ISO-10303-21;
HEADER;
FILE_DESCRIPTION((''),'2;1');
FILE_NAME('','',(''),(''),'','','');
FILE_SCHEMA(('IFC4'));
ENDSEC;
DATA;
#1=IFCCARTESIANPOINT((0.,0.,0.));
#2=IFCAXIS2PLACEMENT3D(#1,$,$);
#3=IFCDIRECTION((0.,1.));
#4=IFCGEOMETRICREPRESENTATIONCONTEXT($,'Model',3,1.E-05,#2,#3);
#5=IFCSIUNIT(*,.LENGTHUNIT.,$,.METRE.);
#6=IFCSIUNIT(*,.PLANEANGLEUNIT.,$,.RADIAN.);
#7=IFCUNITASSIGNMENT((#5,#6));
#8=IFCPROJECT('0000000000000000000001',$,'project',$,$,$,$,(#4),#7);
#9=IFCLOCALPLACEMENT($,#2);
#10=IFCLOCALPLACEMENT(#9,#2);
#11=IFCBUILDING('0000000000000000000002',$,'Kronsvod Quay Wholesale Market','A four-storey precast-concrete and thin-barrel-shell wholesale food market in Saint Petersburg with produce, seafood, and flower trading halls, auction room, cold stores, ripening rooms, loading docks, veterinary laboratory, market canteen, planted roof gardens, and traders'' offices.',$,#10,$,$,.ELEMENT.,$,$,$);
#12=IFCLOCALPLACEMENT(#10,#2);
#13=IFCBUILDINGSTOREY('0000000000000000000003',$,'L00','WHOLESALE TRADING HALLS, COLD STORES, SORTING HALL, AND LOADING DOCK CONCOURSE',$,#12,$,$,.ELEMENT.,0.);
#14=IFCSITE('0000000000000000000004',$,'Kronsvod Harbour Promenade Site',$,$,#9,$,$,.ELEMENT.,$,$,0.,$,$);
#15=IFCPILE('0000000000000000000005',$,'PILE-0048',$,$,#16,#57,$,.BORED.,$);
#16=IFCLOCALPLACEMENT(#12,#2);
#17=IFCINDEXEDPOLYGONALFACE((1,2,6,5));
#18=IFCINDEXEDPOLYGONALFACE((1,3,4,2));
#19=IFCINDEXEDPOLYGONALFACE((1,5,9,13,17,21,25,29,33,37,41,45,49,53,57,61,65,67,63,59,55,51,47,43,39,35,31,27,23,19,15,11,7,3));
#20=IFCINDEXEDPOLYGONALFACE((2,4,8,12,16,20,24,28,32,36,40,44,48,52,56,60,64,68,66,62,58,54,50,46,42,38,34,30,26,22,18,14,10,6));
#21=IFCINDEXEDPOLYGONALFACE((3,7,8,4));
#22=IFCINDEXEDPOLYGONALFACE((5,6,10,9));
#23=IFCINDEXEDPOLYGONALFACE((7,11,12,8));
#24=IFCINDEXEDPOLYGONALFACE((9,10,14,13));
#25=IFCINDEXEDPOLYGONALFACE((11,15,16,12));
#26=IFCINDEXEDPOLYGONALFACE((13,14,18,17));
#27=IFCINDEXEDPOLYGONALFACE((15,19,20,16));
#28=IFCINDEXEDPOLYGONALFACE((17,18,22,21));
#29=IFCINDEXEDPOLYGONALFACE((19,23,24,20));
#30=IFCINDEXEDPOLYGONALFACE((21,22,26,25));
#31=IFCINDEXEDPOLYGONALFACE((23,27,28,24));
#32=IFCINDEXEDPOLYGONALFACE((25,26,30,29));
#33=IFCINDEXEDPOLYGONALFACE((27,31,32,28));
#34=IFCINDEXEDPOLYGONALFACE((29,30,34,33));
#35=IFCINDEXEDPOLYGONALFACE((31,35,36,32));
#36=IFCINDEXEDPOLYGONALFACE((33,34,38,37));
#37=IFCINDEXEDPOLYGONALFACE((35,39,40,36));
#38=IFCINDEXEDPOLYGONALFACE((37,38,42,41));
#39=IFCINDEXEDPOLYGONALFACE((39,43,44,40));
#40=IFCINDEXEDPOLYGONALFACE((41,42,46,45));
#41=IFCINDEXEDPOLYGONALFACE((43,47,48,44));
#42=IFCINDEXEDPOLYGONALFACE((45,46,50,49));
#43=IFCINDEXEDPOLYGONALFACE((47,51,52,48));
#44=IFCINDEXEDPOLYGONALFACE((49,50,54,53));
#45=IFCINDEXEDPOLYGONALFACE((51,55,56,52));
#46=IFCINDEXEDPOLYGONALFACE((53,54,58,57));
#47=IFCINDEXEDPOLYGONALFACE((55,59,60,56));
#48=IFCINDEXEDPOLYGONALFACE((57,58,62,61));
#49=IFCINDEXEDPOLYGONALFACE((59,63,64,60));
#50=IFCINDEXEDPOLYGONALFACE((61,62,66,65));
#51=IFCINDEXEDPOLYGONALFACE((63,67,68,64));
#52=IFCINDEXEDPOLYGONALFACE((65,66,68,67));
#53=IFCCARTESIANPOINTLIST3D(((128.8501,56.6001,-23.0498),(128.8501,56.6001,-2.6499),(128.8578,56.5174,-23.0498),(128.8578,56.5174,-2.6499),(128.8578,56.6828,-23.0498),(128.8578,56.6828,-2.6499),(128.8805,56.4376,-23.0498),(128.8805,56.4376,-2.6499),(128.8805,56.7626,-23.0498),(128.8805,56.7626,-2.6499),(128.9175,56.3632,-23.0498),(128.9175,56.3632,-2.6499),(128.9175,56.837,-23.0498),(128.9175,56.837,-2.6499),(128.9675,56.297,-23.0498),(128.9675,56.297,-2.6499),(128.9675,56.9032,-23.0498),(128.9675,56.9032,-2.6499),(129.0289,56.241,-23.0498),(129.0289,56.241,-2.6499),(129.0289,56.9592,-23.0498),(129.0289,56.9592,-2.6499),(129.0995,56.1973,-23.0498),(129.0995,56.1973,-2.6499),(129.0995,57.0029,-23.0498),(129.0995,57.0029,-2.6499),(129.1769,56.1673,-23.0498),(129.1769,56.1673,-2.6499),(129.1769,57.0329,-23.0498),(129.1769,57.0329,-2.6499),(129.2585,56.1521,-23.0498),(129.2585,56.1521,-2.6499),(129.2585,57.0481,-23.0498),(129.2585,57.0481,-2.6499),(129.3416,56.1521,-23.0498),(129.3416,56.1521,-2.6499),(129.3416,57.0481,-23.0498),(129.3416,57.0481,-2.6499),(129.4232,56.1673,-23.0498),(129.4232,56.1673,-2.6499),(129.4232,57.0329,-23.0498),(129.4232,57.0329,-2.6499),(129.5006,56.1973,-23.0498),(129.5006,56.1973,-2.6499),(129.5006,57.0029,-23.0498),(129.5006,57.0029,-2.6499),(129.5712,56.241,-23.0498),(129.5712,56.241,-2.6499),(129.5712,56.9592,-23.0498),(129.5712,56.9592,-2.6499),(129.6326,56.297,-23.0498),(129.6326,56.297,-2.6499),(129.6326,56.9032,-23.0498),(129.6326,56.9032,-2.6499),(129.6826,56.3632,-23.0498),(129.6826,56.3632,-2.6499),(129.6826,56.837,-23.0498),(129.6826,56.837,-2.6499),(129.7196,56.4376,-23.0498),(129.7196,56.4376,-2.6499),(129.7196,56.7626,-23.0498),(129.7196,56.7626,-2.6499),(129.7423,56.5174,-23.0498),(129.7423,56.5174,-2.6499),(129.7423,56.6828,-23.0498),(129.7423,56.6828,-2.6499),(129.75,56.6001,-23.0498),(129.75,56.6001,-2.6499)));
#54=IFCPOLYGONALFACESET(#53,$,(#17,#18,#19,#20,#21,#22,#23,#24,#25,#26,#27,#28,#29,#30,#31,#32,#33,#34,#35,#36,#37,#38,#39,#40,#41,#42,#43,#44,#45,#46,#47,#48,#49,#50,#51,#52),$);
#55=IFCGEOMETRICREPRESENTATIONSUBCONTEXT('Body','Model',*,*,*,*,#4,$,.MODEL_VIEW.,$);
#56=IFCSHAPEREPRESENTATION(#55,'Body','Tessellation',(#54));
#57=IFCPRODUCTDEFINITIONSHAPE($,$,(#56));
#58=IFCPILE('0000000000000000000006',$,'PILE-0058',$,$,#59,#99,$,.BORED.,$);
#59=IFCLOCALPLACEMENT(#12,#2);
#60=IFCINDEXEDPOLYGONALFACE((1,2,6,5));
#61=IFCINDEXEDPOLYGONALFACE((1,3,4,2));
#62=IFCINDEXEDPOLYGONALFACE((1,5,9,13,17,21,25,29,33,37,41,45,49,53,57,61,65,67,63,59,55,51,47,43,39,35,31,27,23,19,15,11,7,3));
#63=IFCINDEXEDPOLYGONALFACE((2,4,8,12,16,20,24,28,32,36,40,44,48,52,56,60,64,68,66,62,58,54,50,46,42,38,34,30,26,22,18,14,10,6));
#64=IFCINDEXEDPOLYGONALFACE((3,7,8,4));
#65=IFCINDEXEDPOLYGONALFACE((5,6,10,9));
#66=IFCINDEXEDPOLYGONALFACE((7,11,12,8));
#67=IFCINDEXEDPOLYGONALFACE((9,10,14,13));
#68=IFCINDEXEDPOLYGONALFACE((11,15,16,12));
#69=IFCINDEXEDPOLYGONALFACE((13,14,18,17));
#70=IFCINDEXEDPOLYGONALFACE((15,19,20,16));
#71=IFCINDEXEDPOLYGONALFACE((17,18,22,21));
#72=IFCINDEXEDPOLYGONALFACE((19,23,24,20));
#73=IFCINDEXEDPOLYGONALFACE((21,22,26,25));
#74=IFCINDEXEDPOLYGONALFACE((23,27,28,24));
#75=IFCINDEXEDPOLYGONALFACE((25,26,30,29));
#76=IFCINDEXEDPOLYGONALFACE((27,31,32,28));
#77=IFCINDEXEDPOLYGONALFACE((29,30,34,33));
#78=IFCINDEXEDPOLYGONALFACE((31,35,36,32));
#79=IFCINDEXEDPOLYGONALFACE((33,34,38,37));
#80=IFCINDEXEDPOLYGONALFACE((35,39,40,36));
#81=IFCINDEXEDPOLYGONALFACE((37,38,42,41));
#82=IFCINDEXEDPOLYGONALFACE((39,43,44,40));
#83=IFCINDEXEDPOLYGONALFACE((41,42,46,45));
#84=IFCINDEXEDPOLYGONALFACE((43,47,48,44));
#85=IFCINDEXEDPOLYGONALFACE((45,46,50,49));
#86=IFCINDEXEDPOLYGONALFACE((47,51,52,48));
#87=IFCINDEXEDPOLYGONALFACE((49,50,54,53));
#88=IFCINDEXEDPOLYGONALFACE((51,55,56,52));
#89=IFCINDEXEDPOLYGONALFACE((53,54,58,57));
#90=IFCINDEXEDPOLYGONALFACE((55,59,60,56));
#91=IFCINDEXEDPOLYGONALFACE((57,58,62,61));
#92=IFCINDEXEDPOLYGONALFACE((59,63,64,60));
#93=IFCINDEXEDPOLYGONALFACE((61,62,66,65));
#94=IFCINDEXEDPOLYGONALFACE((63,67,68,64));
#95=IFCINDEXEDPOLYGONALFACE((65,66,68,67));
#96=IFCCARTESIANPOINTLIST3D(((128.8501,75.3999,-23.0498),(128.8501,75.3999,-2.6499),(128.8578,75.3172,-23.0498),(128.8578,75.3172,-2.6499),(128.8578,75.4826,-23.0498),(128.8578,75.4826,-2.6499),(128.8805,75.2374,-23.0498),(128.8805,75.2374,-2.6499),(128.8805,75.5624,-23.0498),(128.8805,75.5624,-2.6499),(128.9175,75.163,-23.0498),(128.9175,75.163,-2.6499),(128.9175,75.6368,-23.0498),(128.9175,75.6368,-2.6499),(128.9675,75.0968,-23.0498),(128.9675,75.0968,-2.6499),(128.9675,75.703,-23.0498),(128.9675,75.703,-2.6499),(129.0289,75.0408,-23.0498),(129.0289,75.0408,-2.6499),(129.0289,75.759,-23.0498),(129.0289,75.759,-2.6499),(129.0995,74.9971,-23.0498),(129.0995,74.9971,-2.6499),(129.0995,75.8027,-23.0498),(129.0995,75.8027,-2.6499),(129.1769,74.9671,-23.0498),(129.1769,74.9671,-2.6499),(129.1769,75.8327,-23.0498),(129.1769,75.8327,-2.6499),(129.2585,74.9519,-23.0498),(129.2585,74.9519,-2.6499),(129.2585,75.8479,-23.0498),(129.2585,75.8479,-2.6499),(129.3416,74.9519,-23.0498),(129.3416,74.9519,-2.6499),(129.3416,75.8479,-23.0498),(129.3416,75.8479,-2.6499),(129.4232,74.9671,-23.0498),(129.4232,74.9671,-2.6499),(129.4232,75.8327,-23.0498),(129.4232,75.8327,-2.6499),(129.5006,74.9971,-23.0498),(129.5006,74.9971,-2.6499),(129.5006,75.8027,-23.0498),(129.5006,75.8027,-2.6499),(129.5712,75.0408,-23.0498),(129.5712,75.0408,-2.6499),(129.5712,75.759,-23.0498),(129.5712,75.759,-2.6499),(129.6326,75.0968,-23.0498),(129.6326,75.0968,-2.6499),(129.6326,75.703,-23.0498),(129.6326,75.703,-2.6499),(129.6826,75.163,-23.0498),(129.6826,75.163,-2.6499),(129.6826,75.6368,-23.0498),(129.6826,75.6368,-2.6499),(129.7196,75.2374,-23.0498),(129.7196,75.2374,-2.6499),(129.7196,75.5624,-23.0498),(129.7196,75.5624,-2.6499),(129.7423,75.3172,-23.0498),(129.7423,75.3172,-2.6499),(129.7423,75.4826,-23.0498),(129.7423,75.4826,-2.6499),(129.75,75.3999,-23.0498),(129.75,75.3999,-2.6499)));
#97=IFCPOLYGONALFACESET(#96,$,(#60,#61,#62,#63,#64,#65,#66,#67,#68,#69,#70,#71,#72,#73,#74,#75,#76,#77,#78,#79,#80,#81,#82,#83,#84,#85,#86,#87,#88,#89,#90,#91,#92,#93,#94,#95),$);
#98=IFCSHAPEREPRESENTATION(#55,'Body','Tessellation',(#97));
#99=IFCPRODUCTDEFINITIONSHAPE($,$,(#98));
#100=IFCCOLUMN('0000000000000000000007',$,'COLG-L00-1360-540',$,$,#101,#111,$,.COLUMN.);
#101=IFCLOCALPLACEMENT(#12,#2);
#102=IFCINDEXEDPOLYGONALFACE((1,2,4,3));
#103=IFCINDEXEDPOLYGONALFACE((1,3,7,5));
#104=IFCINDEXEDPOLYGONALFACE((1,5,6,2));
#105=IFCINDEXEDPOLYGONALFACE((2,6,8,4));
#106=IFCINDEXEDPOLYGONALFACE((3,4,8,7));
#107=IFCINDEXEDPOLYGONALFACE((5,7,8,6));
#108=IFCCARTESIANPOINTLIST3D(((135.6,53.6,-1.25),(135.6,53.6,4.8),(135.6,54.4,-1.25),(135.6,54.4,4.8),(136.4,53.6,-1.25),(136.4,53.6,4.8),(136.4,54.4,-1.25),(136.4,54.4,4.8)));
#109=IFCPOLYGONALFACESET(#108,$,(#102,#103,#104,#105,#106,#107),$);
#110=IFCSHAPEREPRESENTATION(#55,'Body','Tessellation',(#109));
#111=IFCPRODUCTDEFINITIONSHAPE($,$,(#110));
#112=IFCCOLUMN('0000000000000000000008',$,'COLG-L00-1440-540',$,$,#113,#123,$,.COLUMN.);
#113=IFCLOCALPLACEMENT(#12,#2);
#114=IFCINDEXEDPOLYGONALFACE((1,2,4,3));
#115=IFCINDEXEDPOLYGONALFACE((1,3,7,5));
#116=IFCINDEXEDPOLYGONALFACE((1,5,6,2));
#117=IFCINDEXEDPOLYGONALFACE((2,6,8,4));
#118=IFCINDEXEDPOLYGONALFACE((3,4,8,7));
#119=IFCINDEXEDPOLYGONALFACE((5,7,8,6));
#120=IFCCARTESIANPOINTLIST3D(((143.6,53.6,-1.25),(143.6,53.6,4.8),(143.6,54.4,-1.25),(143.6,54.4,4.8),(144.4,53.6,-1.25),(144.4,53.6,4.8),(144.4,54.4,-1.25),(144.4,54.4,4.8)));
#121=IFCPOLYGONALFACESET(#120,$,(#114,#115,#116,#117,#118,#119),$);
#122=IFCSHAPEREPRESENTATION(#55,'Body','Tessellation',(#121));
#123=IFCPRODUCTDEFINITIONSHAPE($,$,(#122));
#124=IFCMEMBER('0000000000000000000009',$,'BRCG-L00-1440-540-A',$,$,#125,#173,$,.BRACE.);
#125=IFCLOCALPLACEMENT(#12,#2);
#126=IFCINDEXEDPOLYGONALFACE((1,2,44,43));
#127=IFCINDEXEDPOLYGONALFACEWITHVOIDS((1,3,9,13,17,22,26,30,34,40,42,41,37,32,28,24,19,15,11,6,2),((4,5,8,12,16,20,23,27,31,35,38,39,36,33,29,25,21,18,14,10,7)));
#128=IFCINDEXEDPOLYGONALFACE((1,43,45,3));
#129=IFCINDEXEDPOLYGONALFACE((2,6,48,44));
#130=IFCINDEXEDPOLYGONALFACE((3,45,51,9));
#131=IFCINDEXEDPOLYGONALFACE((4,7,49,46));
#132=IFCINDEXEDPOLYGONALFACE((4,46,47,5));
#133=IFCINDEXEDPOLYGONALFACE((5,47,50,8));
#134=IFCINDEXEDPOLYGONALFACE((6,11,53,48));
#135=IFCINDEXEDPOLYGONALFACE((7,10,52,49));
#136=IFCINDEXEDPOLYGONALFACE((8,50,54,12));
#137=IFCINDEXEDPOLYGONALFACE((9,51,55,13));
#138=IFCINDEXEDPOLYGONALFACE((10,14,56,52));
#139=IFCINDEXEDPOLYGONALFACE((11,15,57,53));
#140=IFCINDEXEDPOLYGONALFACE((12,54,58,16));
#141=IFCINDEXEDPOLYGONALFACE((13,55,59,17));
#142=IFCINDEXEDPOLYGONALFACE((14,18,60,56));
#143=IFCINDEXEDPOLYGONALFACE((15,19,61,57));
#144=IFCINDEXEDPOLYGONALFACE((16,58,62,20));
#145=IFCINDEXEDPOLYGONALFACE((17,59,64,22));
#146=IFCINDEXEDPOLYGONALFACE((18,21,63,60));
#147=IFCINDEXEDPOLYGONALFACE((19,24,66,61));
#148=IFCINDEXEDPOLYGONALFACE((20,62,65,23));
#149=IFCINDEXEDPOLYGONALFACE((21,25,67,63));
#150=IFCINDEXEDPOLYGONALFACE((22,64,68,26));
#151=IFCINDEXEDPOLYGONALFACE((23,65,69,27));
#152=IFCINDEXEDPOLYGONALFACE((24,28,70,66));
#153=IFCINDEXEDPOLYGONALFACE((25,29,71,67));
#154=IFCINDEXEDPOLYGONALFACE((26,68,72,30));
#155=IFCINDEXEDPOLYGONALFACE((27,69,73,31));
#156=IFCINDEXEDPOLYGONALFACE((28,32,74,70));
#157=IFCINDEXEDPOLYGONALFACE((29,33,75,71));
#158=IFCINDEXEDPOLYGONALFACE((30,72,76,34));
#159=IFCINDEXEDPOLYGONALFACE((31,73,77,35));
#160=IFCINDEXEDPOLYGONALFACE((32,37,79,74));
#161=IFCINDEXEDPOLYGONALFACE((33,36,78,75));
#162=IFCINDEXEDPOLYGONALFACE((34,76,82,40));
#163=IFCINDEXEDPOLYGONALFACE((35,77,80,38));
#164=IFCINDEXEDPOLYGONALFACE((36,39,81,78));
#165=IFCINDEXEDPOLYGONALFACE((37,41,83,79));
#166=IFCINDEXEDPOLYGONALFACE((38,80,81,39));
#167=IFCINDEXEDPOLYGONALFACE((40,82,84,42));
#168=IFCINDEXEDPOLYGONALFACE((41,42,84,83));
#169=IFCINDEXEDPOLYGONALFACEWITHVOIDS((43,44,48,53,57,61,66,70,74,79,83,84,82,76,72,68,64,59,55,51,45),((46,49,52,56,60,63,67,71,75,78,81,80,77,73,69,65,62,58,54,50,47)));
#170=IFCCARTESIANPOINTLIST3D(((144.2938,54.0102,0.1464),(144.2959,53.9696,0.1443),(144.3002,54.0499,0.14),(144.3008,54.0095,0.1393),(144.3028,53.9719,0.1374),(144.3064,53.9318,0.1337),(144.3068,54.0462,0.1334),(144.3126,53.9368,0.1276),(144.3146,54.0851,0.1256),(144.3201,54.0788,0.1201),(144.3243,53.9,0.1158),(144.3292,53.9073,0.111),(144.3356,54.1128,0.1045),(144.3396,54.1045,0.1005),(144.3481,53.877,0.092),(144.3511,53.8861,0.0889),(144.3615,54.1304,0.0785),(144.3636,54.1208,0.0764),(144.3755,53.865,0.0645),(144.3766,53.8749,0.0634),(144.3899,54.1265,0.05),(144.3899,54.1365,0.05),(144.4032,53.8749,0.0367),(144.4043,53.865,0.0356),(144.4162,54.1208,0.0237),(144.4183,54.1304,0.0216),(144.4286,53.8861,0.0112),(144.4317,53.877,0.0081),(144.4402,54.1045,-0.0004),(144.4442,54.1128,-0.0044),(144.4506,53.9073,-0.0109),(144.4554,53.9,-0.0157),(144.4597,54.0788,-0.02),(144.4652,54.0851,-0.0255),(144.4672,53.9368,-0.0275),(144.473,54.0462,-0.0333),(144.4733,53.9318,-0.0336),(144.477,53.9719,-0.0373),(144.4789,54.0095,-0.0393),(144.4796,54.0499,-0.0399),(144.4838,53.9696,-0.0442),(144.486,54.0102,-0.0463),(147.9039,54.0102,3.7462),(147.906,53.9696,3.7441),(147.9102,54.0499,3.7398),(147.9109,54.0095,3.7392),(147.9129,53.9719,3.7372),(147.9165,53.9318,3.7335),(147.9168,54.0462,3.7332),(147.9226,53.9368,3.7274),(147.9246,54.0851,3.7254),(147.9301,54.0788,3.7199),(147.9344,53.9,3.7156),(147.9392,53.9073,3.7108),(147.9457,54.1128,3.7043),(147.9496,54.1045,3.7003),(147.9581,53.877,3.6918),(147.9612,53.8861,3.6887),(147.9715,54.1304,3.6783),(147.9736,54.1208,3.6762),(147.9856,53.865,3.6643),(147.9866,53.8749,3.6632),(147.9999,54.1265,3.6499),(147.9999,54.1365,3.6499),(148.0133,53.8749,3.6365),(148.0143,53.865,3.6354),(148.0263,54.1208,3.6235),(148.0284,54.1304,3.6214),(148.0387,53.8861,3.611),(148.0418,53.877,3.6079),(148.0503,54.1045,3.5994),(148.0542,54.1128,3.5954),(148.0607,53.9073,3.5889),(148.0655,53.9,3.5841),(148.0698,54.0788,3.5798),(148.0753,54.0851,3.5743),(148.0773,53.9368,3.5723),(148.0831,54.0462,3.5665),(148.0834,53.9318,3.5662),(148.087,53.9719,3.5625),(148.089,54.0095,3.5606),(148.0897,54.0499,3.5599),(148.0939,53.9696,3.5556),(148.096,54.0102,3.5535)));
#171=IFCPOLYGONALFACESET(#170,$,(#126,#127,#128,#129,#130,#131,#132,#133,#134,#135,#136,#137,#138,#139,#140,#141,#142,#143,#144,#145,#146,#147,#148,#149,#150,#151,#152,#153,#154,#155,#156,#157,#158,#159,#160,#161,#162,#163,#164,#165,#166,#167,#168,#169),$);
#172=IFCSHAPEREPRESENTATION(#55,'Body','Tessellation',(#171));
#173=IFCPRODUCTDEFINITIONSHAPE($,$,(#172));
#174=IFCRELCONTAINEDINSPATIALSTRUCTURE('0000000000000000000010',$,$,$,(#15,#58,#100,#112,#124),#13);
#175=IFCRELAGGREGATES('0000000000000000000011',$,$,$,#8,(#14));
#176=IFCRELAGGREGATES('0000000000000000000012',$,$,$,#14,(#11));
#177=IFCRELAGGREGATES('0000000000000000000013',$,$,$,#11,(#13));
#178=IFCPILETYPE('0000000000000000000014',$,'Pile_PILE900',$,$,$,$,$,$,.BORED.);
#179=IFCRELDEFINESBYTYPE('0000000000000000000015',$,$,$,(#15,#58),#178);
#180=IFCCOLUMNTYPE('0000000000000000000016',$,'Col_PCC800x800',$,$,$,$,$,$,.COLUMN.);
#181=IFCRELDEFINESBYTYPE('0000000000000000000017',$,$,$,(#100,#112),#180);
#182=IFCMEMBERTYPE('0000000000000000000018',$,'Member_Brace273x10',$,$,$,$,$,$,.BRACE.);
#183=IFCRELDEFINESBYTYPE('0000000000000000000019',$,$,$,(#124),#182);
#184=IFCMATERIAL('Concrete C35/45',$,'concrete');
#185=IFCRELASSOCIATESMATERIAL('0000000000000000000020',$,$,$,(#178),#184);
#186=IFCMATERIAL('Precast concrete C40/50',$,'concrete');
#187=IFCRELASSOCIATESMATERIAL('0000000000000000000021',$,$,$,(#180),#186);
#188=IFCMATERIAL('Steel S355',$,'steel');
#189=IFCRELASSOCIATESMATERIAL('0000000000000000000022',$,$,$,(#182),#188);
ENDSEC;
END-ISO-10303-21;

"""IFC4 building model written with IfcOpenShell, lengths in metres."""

from ifc_helpers import new_model, si_unit, direction, frame, origin, origin_2d, place, context, subcontext, project, spatial, rectangle, circle, hollow_circle, extrude, material, material_profile, profile_set, type_object, element, save


model = new_model("IFC4")

# Units and contexts
model_context = context("Model", 3, precision=1e-05, world=origin(), true_north=direction((0.0, 1.0)))
body_context = subcontext(model_context, "Body", "Model", "MODEL_VIEW")
ifc_project = project(units=[si_unit("LENGTHUNIT", "METRE"), si_unit("PLANEANGLEUNIT", "RADIAN")], contexts=[model_context])

# Site, building, storey
site_placement = place(None, origin())
site = spatial("IfcSite", under=ifc_project, at=site_placement, Name="Kronsvod Harbour Promenade Site", CompositionType="ELEMENT", RefElevation=0.0)
building_placement = place(site_placement, origin())
building = spatial("IfcBuilding", under=site, at=building_placement, Name="Kronsvod Quay Wholesale Market", Description="A four-storey precast-concrete and thin-barrel-shell wholesale food market in Saint Petersburg with produce, seafood, and flower trading halls, auction room, cold stores, ripening rooms, loading docks, veterinary laboratory, market canteen, planted roof gardens, and traders' offices.", CompositionType="ELEMENT")
storey_placement = place(building_placement, origin())
storey = spatial("IfcBuildingStorey", under=building, at=storey_placement, Name="L00", Description="WHOLESALE TRADING HALLS, COLD STORES, SORTING HALL, AND LOADING DOCK CONCOURSE", CompositionType="ELEMENT", Elevation=0.0)

# Piles
ifc_material_1 = material(Name="Concrete C35/45", Category="concrete")
ifc_material_profile_1 = material_profile(ifc_material_1, circle(Radius=0.45, at=origin_2d()), Name="PILE900")
ifc_profile_set_1 = profile_set([ifc_material_profile_1], Name="Concrete C35/45")
pile_type_1 = type_object("IfcPileType", Name="Pile_PILE900", PredefinedType="BORED", material=ifc_profile_set_1)
for number, where, z_axis, x_axis, name in (
    (1, (129.3, 56.6001, -2.6499), (0.0, 0.0, -1.0), (1.0, 0.0, 0.0), "PILE-0048"),
    (2, (129.3, 75.3999, -2.6499), (0.0, 0.0, -1.0), (1.0, 0.0, 0.0), "PILE-0058"),
):
    element("IfcPile", number, at=place(storey_placement, frame(where, z_axis=z_axis, x_axis=x_axis)), inside=storey, type_object=pile_type_1, Name=name, PredefinedType="BORED", context=body_context, shape_type="SweptSolid", body=[
        extrude(circle(Radius=0.45, at=origin_2d()), origin(), (0.0, 0.0, 1.0), 20.3999),
    ])

# Columns
ifc_material_2 = material(Name="Precast concrete C40/50", Category="concrete")
ifc_material_profile_2 = material_profile(ifc_material_2, rectangle(XDim=0.8, YDim=0.8, at=origin_2d()), Name="PCC800x800")
ifc_profile_set_2 = profile_set([ifc_material_profile_2], Name="Precast concrete C40/50")
column_type = type_object("IfcColumnType", Name="Col_PCC800x800", PredefinedType="COLUMN", material=ifc_profile_set_2)
for number, where, z_axis, x_axis, name in (
    (3, (136.0, 54.0, -1.25), (0.0, 0.0, 1.0), (1.0, 0.0, 0.0), "COLG-L00-1360-540"),
    (4, (144.0, 54.0, -1.25), (0.0, 0.0, 1.0), (1.0, 0.0, 0.0), "COLG-L00-1440-540"),
):
    element("IfcColumn", number, at=place(storey_placement, frame(where, z_axis=z_axis, x_axis=x_axis)), inside=storey, type_object=column_type, Name=name, PredefinedType="COLUMN", context=body_context, shape_type="SweptSolid", body=[
        extrude(rectangle(XDim=0.8, YDim=0.8, at=origin_2d()), origin(), (0.0, 0.0, 1.0), 6.05),
    ])

# Member
ifc_material_3 = material(Name="Steel S355", Category="steel")
ifc_material_profile_3 = material_profile(ifc_material_3, hollow_circle(Radius=0.1365, WallThickness=0.01, at=origin_2d()), Name="CHS273x10")
ifc_profile_set_3 = profile_set([ifc_material_profile_3], Name="Steel S355")
member_type = type_object("IfcMemberType", Name="Member_Brace273x10", PredefinedType="BRACE", material=ifc_profile_set_3)
for number, where, z_axis, x_axis, name in (
    (5, (144.3899, 54.0, 0.05), (0.708112, 0.0, 0.7061), (0.0, 1.0, 0.0), "BRCG-L00-1440-540-A"),
):
    element("IfcMember", number, at=place(storey_placement, frame(where, z_axis=z_axis, x_axis=x_axis)), inside=storey, type_object=member_type, Name=name, PredefinedType="BRACE", context=body_context, shape_type="SweptSolid", body=[
        extrude(hollow_circle(Radius=0.1365, WallThickness=0.01, at=origin_2d()), origin(), (0.0, 0.0, 1.0), 5.0981),
    ])

save(model, "model.ifc")
